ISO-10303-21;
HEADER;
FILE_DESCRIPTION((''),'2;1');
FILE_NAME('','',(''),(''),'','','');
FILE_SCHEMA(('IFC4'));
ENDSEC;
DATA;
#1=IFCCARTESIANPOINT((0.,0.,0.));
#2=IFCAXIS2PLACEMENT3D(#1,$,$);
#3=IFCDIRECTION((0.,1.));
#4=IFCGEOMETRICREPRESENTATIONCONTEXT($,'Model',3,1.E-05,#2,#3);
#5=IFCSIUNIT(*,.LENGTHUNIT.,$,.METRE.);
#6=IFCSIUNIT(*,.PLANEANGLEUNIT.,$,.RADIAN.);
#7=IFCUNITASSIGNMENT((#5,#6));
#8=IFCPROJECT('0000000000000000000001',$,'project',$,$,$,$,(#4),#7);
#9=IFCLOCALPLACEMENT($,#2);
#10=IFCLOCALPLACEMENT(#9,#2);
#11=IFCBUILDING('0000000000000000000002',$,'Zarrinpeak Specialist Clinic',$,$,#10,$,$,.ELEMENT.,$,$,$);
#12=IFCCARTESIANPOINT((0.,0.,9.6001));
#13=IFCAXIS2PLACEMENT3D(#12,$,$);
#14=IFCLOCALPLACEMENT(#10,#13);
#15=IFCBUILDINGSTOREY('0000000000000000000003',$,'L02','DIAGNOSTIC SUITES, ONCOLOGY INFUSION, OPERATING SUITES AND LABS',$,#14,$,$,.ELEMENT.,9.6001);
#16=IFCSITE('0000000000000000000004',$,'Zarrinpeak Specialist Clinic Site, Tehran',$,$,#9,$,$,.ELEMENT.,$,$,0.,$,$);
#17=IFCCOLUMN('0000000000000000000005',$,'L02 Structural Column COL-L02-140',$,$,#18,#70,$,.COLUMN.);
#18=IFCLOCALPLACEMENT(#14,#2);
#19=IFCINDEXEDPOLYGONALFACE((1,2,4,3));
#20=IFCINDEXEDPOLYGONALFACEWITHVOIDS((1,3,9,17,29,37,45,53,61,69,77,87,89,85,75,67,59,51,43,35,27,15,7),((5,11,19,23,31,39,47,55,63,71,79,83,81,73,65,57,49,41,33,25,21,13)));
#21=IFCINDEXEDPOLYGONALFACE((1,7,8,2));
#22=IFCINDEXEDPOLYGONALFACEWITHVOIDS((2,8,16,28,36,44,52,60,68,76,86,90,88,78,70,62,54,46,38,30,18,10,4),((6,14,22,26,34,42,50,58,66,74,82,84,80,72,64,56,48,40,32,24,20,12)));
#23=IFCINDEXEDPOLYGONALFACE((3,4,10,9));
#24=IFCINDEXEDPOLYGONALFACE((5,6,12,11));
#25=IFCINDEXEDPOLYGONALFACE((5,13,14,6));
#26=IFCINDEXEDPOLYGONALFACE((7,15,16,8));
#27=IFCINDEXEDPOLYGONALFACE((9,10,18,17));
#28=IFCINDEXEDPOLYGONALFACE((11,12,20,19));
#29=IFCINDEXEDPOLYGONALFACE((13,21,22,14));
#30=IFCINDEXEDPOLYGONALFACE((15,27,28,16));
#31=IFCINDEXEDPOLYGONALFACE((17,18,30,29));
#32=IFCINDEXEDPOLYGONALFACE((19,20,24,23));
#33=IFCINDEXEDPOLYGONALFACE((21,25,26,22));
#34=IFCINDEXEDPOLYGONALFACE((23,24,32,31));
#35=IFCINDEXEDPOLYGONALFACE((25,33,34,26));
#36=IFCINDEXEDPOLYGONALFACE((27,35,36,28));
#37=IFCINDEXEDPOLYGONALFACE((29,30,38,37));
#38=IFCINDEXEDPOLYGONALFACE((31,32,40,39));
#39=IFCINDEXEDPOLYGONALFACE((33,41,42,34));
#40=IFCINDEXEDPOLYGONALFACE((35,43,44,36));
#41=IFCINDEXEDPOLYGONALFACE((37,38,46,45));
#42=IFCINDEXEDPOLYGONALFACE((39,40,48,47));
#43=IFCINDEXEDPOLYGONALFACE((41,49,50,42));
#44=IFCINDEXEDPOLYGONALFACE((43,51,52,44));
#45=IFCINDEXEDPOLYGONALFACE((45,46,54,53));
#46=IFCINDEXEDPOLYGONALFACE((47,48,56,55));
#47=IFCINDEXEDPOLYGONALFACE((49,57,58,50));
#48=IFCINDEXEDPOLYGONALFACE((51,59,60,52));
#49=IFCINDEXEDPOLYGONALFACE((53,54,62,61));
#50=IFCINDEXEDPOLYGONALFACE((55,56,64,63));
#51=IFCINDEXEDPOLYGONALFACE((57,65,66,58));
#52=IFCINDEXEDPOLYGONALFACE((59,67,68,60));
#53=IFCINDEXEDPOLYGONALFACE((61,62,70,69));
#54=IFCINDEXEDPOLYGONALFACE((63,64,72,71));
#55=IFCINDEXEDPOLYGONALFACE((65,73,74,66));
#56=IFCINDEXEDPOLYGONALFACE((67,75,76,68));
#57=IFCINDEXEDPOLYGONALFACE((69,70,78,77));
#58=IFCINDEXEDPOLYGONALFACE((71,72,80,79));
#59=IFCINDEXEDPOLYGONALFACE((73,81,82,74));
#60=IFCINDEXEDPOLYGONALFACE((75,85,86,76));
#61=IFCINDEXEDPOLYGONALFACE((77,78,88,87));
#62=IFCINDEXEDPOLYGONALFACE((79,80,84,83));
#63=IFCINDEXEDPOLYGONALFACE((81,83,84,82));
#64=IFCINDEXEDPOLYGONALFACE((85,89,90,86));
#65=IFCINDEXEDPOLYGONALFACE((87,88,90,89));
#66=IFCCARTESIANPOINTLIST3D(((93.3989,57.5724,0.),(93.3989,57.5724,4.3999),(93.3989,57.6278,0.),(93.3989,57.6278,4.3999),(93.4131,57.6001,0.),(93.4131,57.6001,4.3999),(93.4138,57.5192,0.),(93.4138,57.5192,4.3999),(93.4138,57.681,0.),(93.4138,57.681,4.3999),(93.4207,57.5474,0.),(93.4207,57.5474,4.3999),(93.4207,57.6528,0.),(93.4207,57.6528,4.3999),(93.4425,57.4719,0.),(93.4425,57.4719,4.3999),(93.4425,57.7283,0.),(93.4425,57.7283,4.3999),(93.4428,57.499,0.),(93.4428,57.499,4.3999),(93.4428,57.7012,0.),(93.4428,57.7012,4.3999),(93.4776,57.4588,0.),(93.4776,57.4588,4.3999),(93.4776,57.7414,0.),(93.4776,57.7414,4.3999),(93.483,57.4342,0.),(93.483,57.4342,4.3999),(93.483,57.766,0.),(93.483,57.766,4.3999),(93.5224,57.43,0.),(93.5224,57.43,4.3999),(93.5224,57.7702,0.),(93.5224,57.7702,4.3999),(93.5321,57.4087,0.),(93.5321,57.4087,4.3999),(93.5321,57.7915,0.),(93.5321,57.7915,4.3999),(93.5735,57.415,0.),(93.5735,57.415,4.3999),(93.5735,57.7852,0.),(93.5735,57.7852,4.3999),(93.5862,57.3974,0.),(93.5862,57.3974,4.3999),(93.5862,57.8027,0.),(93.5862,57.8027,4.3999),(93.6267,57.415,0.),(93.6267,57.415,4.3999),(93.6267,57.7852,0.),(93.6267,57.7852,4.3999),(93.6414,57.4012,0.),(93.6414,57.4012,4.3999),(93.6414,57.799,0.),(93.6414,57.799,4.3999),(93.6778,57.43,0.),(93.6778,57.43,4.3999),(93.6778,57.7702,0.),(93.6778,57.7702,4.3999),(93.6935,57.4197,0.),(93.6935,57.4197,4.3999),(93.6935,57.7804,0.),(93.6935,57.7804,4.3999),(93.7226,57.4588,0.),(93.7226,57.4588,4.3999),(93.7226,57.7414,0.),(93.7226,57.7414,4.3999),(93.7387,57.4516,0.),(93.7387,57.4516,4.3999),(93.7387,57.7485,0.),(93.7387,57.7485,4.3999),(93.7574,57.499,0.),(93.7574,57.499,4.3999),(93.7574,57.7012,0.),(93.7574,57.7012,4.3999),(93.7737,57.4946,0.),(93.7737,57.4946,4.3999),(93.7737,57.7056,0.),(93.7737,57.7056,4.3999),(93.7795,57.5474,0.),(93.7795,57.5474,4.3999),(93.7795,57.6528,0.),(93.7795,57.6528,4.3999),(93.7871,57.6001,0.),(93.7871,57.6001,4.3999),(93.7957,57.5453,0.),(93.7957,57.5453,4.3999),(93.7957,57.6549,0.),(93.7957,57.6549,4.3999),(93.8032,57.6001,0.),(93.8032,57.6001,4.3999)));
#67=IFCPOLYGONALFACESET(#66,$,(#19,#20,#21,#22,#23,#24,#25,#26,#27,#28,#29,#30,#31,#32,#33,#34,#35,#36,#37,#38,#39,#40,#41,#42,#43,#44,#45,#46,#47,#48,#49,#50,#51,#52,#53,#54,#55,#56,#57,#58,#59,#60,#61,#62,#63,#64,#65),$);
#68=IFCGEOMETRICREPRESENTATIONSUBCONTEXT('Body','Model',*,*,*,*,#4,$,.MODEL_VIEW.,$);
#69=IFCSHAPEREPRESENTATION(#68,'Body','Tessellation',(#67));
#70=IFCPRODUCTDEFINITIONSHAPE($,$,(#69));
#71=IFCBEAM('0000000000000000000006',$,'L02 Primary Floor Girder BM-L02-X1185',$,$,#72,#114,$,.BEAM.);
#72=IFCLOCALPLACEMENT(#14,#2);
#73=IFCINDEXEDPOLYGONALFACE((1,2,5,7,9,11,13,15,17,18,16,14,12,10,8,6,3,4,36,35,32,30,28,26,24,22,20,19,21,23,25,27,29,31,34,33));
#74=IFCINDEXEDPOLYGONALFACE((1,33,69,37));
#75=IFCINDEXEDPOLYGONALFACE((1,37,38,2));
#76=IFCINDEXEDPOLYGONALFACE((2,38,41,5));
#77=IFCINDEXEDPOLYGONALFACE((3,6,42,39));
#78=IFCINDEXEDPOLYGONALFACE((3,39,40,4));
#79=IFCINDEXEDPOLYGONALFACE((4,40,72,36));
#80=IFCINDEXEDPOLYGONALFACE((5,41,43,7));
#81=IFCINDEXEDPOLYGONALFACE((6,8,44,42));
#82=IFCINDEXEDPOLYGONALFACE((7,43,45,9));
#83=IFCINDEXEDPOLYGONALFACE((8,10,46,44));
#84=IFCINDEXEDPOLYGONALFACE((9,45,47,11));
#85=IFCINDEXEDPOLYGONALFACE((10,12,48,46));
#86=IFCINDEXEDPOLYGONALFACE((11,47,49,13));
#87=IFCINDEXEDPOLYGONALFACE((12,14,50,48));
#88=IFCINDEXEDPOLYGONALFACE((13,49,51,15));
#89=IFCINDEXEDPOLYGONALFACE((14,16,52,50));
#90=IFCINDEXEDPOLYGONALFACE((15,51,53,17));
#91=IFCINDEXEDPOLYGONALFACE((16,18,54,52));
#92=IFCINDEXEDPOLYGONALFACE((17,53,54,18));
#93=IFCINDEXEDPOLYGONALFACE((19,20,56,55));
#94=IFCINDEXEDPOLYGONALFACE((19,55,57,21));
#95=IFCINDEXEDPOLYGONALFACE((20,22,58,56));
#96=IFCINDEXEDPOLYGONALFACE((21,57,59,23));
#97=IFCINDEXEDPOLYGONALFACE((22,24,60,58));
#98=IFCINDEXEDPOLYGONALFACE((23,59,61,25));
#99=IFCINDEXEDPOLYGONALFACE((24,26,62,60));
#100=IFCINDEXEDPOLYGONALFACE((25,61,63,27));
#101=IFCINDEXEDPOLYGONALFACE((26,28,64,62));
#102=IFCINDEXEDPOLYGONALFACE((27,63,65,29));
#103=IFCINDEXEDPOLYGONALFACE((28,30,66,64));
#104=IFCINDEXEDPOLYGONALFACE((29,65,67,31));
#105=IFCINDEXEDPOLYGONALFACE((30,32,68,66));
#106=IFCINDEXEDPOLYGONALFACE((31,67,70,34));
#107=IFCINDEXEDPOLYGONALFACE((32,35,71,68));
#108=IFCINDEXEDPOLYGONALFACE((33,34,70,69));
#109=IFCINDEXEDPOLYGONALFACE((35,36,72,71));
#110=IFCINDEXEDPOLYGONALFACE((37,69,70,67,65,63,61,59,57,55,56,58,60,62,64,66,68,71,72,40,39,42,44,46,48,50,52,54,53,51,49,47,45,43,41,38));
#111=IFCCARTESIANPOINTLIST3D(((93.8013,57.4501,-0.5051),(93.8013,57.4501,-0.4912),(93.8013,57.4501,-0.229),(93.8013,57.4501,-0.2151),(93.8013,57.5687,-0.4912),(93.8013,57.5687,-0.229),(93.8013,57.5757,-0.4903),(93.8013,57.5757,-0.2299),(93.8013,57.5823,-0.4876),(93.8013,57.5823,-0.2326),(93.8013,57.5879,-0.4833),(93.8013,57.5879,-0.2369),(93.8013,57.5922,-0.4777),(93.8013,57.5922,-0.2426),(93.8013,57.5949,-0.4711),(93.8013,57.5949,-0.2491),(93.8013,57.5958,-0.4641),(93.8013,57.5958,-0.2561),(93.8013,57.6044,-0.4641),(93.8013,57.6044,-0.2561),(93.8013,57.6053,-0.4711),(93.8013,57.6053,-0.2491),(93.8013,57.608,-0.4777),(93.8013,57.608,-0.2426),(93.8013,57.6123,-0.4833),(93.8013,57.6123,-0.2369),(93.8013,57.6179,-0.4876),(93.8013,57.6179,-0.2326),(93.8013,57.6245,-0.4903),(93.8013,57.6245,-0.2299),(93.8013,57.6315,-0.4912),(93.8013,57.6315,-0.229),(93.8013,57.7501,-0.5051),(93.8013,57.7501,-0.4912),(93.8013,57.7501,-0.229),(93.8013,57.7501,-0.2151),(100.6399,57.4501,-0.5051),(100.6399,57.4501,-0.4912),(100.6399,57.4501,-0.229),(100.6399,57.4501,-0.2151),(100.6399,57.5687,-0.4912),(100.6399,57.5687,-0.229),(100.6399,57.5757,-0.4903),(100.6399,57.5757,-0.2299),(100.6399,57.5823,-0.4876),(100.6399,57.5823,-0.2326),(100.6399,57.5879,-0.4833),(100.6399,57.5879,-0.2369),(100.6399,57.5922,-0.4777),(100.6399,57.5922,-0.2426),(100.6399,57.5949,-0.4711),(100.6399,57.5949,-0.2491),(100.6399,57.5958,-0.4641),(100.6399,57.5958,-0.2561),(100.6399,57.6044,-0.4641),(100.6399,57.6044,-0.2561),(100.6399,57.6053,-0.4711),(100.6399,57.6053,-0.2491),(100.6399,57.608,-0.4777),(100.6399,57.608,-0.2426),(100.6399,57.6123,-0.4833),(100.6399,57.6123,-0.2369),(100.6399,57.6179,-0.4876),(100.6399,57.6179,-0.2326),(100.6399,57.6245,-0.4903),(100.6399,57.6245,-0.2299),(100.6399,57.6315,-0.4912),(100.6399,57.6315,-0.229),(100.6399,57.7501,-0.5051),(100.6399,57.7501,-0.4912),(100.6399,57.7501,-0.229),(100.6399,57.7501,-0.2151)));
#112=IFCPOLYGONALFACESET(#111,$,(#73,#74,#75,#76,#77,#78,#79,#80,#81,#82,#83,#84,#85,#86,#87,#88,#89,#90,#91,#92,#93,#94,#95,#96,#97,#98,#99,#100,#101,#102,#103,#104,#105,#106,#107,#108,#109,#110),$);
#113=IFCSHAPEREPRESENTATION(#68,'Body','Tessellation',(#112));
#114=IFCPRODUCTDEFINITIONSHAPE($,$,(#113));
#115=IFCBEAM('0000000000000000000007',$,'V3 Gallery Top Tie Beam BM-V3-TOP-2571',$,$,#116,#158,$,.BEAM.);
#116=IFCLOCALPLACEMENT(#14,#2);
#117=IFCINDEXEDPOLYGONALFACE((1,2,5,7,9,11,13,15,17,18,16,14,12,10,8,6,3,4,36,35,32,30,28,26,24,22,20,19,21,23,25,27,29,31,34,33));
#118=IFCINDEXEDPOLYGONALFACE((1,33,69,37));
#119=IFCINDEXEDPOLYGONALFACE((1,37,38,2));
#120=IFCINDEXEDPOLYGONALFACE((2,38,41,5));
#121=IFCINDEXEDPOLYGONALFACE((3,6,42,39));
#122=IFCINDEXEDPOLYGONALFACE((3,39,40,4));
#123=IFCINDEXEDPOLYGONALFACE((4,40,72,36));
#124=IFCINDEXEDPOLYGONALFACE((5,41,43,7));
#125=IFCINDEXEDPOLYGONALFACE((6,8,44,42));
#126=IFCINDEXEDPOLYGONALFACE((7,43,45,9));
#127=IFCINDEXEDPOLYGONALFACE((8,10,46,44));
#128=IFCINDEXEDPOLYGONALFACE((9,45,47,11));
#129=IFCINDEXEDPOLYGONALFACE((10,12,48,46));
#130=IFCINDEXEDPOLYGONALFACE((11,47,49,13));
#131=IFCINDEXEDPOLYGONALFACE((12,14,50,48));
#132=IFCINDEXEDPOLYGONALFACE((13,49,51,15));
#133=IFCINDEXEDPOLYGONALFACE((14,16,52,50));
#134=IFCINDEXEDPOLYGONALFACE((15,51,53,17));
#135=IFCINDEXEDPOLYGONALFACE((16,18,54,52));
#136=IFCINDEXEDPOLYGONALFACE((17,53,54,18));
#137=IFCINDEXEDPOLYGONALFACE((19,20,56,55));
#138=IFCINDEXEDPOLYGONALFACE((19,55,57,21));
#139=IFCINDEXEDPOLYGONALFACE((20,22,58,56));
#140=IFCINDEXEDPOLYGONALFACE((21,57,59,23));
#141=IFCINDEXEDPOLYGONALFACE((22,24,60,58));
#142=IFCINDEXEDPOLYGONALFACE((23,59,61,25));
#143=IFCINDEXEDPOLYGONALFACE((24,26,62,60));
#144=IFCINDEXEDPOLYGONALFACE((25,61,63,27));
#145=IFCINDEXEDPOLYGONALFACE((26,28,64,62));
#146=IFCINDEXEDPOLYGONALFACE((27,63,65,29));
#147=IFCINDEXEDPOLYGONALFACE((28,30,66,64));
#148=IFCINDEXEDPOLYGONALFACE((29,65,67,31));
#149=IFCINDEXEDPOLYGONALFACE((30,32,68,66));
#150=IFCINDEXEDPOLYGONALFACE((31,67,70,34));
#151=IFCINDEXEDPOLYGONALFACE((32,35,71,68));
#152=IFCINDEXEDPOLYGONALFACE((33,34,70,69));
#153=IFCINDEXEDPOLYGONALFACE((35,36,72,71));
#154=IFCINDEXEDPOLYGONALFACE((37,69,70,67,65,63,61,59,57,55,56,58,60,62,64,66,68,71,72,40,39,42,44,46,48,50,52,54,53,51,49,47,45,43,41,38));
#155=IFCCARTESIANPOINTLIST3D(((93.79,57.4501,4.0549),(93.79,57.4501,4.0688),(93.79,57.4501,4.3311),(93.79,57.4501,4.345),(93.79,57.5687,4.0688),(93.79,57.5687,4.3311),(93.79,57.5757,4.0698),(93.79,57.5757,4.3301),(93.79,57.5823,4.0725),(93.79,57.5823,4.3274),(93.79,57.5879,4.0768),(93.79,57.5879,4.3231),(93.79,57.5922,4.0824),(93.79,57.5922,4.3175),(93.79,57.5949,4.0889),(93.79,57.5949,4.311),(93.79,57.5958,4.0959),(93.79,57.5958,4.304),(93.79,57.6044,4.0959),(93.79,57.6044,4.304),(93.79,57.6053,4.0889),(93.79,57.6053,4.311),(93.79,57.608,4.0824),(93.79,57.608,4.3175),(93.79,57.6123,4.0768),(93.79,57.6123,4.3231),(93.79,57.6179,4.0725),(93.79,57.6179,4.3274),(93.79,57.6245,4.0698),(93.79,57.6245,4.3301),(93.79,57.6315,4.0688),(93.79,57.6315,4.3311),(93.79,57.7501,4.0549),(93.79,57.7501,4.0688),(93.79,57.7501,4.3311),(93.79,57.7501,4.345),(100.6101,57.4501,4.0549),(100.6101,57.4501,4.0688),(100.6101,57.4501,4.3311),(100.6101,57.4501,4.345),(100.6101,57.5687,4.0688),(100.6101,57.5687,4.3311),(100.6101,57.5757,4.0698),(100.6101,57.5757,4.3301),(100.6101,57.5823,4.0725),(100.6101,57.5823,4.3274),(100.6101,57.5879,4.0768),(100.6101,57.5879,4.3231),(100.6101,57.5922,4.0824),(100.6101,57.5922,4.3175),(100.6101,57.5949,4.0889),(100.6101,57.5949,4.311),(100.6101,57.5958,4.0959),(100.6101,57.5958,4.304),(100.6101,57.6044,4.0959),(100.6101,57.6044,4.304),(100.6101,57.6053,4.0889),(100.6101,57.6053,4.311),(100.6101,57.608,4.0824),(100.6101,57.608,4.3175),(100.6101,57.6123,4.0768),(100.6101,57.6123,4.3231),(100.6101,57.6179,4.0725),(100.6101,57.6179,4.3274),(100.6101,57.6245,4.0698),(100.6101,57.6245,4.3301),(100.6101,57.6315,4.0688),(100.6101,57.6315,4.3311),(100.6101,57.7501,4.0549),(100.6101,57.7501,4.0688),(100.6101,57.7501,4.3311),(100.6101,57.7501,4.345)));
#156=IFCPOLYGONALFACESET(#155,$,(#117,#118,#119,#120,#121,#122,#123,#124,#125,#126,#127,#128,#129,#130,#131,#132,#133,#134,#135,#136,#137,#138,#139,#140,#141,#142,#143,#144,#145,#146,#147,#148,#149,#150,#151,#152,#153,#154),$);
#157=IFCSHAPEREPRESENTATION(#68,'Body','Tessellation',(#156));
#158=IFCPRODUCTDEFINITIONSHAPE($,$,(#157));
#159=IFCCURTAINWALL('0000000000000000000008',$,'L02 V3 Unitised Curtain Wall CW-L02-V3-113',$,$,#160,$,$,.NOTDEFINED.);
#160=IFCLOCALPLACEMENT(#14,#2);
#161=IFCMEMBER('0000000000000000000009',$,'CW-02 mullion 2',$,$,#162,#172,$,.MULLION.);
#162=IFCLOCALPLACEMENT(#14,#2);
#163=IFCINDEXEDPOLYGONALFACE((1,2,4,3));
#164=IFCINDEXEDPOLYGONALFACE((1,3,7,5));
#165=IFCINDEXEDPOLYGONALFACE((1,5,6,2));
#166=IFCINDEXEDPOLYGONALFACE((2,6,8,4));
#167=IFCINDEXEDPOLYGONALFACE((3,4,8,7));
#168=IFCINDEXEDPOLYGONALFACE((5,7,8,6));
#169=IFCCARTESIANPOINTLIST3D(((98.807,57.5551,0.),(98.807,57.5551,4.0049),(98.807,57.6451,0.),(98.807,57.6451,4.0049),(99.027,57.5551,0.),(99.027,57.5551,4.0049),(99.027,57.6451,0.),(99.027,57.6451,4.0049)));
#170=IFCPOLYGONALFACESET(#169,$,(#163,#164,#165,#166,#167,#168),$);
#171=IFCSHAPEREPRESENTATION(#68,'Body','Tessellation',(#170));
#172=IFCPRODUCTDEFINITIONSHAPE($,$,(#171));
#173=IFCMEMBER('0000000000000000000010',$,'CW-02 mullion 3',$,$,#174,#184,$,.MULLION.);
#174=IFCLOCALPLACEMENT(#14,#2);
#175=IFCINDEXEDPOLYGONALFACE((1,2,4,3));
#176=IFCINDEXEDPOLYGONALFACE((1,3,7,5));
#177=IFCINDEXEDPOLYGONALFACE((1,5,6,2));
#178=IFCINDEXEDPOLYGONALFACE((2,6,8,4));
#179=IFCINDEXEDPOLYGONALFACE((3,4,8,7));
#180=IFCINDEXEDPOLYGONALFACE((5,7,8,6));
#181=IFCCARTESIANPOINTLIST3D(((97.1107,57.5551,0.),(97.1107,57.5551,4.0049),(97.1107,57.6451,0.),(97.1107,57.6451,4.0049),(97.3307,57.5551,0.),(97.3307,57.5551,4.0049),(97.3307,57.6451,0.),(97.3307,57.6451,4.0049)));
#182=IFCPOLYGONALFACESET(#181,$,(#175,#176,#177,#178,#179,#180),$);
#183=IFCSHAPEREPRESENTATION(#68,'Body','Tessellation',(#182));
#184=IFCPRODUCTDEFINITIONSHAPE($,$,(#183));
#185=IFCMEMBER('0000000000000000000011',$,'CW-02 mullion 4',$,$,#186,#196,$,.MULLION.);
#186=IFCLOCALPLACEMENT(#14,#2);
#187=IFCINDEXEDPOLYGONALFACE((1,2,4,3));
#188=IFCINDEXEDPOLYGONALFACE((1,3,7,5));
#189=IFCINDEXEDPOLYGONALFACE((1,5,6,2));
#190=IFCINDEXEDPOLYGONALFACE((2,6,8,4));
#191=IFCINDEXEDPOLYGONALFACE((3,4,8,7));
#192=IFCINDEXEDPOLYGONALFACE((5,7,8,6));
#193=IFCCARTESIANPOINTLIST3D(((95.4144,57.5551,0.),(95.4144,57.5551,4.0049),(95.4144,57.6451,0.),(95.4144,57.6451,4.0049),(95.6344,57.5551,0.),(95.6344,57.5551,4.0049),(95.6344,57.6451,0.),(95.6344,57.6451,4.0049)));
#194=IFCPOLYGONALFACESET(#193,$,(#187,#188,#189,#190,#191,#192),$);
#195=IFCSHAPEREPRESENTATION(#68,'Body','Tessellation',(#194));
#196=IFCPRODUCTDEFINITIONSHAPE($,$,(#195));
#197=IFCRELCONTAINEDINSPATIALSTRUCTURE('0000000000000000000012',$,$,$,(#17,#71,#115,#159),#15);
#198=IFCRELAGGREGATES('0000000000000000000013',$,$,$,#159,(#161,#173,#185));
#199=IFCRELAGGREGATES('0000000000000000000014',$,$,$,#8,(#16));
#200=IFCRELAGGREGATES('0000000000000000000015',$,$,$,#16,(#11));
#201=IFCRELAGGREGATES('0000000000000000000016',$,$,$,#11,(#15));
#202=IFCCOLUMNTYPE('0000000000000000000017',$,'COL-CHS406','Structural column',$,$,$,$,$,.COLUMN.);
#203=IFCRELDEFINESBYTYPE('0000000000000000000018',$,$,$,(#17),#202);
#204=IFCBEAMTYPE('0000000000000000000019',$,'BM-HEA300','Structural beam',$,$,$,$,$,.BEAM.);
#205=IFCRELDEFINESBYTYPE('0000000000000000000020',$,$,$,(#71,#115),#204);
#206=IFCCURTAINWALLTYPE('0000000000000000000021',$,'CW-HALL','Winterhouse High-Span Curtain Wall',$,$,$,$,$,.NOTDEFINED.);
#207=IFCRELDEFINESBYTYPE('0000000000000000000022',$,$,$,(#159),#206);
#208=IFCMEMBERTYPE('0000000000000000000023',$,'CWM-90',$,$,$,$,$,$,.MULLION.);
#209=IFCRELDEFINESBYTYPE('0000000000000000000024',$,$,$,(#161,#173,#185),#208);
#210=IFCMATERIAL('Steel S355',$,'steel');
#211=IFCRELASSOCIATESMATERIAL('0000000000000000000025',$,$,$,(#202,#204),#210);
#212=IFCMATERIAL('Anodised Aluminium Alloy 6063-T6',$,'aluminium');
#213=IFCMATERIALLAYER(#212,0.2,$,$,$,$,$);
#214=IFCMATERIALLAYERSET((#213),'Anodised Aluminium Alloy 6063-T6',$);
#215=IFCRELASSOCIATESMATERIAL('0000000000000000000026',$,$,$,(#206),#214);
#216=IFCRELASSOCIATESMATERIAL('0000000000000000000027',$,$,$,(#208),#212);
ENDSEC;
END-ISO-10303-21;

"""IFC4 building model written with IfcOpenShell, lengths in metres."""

from ifc_helpers import new_model, si_unit, direction, frame, origin, origin_2d, place, context, subcontext, project, spatial, rectangle, hollow_circle, i_section, extrude, material, layer, layer_set, material_profile, profile_set, type_object, element, aggregate, save


model = new_model("IFC4")

# Units and contexts
model_context = context("Model", 3, precision=1e-05, world=origin(), true_north=direction((0.0, 1.0)))
body_context = subcontext(model_context, "Body", "Model", "MODEL_VIEW")
ifc_project = project(units=[si_unit("LENGTHUNIT", "METRE"), si_unit("PLANEANGLEUNIT", "RADIAN")], contexts=[model_context])

# Site, building, storey
site_placement = place(None, origin())
site = spatial("IfcSite", under=ifc_project, at=site_placement, Name="Zarrinpeak Specialist Clinic Site, Tehran", CompositionType="ELEMENT", RefElevation=0.0)
building_placement = place(site_placement, origin())
building = spatial("IfcBuilding", under=site, at=building_placement, Name="Zarrinpeak Specialist Clinic", CompositionType="ELEMENT")
storey_placement = place(building_placement, frame((0.0, 0.0, 9.6001)))
storey = spatial("IfcBuildingStorey", under=building, at=storey_placement, Name="L02", Description="DIAGNOSTIC SUITES, ONCOLOGY INFUSION, OPERATING SUITES AND LABS", CompositionType="ELEMENT", Elevation=9.6001)

# Column
ifc_material_1 = material(Name="Steel S355", Category="steel")
ifc_material_profile_1 = material_profile(ifc_material_1, hollow_circle(Radius=0.2031, WallThickness=0.0161, at=origin_2d()), Name="CHS 406.4x16.0")
ifc_profile_set_1 = profile_set([ifc_material_profile_1], Name="Steel S355")
column_type = type_object("IfcColumnType", Name="COL-CHS406", Description="Structural column", PredefinedType="COLUMN", material=ifc_profile_set_1)
column_placement = place(storey_placement, frame((93.6001, 57.6001, 0.0), z_axis=(0.0, 0.0, 1.0), x_axis=(1.0, 0.0, 0.0)))
element("IfcColumn", 1, at=column_placement, inside=storey, type_object=column_type, Name="L02 Structural Column COL-L02-140", PredefinedType="COLUMN", context=body_context, shape_type="SweptSolid", body=[
    extrude(hollow_circle(Radius=0.2031, WallThickness=0.0161, at=origin_2d()), origin(), (0.0, 0.0, 1.0), 4.3999),
])

# Beams
ifc_material_profile_2 = material_profile(ifc_material_1, i_section(OverallWidth=0.3, OverallDepth=0.29, WebThickness=0.0085, FlangeThickness=0.0139, FilletRadius=0.0271, at=origin_2d()), Name="HEA 300")
ifc_profile_set_2 = profile_set([ifc_material_profile_2], Name="Steel S355")
beam_type = type_object("IfcBeamType", Name="BM-HEA300", Description="Structural beam", PredefinedType="BEAM", material=ifc_profile_set_2)
beam_1_placement = place(storey_placement, frame((93.8013, 57.6001, -0.3601), z_axis=(1.0, 0.0, 0.0), x_axis=(0.0, 1.0, 0.0)))
element("IfcBeam", 2, at=beam_1_placement, inside=storey, type_object=beam_type, Name="L02 Primary Floor Girder BM-L02-X1185", PredefinedType="BEAM", context=body_context, shape_type="SweptSolid", body=[
    extrude(i_section(OverallWidth=0.3, OverallDepth=0.29, WebThickness=0.0085, FlangeThickness=0.0139, FilletRadius=0.0271, at=origin_2d()), origin(), (0.0, 0.0, 1.0), 6.8386),
])
beam_2_placement = place(storey_placement, frame((93.79, 57.6001, 4.2), z_axis=(1.0, 0.0, 0.0), x_axis=(0.0, 1.0, 0.0)))
element("IfcBeam", 3, at=beam_2_placement, inside=storey, type_object=beam_type, Name="V3 Gallery Top Tie Beam BM-V3-TOP-2571", PredefinedType="BEAM", context=body_context, shape_type="SweptSolid", body=[
    extrude(i_section(OverallWidth=0.3, OverallDepth=0.29, WebThickness=0.0085, FlangeThickness=0.0139, FilletRadius=0.0271, at=origin_2d()), origin(), (0.0, 0.0, 1.0), 6.8201),
])

# Curtain wall, members
ifc_material_2 = material(Name="Anodised Aluminium Alloy 6063-T6", Category="aluminium")
ifc_layer_1 = layer(ifc_material_2, 0.2)
ifc_layer_set_1 = layer_set([ifc_layer_1], Name="Anodised Aluminium Alloy 6063-T6")
curtain_wall_type = type_object("IfcCurtainWallType", Name="CW-HALL", Description="Winterhouse High-Span Curtain Wall", PredefinedType="NOTDEFINED", material=ifc_layer_set_1)
curtain_wall_placement = place(storey_placement, origin())
curtain_wall = element("IfcCurtainWall", 4, at=curtain_wall_placement, inside=storey, type_object=curtain_wall_type, Name="L02 V3 Unitised Curtain Wall CW-L02-V3-113", PredefinedType="NOTDEFINED")
ifc_material_profile_3 = material_profile(ifc_material_2, rectangle(XDim=0.0901, YDim=0.22, at=origin_2d()), Name="ALU 90x220")
ifc_profile_set_3 = profile_set([ifc_material_profile_3], Name="Anodised Aluminium Alloy 6063-T6")
member_type_1 = type_object("IfcMemberType", Name="CWM-90", PredefinedType="MULLION", material=ifc_profile_set_3)
member_1_placement = place(storey_placement, frame((98.917, 57.6001, 0.0), z_axis=(0.0, 0.0, 1.0), x_axis=(0.0, -1.0, 0.0)))
member_1 = element("IfcMember", 5, at=member_1_placement, type_object=member_type_1, Name="CW-02 mullion 2", PredefinedType="MULLION", context=body_context, shape_type="SweptSolid", body=[
    extrude(rectangle(XDim=0.0901, YDim=0.22, at=origin_2d()), origin(), (0.0, 0.0, 1.0), 4.0049),
])
member_2_placement = place(storey_placement, frame((97.2207, 57.6001, 0.0), z_axis=(0.0, 0.0, 1.0), x_axis=(0.0, -1.0, 0.0)))
member_2 = element("IfcMember", 6, at=member_2_placement, type_object=member_type_1, Name="CW-02 mullion 3", PredefinedType="MULLION", context=body_context, shape_type="SweptSolid", body=[
    extrude(rectangle(XDim=0.0901, YDim=0.22, at=origin_2d()), origin(), (0.0, 0.0, 1.0), 4.0049),
])
member_3_placement = place(storey_placement, frame((95.5244, 57.6001, 0.0), z_axis=(0.0, 0.0, 1.0), x_axis=(0.0, -1.0, 0.0)))
member_3 = element("IfcMember", 7, at=member_3_placement, type_object=member_type_1, Name="CW-02 mullion 4", PredefinedType="MULLION", context=body_context, shape_type="SweptSolid", body=[
    extrude(rectangle(XDim=0.0901, YDim=0.22, at=origin_2d()), origin(), (0.0, 0.0, 1.0), 4.0049),
])
aggregate(curtain_wall, [member_1, member_2, member_3])

save(model, "model.ifc")
